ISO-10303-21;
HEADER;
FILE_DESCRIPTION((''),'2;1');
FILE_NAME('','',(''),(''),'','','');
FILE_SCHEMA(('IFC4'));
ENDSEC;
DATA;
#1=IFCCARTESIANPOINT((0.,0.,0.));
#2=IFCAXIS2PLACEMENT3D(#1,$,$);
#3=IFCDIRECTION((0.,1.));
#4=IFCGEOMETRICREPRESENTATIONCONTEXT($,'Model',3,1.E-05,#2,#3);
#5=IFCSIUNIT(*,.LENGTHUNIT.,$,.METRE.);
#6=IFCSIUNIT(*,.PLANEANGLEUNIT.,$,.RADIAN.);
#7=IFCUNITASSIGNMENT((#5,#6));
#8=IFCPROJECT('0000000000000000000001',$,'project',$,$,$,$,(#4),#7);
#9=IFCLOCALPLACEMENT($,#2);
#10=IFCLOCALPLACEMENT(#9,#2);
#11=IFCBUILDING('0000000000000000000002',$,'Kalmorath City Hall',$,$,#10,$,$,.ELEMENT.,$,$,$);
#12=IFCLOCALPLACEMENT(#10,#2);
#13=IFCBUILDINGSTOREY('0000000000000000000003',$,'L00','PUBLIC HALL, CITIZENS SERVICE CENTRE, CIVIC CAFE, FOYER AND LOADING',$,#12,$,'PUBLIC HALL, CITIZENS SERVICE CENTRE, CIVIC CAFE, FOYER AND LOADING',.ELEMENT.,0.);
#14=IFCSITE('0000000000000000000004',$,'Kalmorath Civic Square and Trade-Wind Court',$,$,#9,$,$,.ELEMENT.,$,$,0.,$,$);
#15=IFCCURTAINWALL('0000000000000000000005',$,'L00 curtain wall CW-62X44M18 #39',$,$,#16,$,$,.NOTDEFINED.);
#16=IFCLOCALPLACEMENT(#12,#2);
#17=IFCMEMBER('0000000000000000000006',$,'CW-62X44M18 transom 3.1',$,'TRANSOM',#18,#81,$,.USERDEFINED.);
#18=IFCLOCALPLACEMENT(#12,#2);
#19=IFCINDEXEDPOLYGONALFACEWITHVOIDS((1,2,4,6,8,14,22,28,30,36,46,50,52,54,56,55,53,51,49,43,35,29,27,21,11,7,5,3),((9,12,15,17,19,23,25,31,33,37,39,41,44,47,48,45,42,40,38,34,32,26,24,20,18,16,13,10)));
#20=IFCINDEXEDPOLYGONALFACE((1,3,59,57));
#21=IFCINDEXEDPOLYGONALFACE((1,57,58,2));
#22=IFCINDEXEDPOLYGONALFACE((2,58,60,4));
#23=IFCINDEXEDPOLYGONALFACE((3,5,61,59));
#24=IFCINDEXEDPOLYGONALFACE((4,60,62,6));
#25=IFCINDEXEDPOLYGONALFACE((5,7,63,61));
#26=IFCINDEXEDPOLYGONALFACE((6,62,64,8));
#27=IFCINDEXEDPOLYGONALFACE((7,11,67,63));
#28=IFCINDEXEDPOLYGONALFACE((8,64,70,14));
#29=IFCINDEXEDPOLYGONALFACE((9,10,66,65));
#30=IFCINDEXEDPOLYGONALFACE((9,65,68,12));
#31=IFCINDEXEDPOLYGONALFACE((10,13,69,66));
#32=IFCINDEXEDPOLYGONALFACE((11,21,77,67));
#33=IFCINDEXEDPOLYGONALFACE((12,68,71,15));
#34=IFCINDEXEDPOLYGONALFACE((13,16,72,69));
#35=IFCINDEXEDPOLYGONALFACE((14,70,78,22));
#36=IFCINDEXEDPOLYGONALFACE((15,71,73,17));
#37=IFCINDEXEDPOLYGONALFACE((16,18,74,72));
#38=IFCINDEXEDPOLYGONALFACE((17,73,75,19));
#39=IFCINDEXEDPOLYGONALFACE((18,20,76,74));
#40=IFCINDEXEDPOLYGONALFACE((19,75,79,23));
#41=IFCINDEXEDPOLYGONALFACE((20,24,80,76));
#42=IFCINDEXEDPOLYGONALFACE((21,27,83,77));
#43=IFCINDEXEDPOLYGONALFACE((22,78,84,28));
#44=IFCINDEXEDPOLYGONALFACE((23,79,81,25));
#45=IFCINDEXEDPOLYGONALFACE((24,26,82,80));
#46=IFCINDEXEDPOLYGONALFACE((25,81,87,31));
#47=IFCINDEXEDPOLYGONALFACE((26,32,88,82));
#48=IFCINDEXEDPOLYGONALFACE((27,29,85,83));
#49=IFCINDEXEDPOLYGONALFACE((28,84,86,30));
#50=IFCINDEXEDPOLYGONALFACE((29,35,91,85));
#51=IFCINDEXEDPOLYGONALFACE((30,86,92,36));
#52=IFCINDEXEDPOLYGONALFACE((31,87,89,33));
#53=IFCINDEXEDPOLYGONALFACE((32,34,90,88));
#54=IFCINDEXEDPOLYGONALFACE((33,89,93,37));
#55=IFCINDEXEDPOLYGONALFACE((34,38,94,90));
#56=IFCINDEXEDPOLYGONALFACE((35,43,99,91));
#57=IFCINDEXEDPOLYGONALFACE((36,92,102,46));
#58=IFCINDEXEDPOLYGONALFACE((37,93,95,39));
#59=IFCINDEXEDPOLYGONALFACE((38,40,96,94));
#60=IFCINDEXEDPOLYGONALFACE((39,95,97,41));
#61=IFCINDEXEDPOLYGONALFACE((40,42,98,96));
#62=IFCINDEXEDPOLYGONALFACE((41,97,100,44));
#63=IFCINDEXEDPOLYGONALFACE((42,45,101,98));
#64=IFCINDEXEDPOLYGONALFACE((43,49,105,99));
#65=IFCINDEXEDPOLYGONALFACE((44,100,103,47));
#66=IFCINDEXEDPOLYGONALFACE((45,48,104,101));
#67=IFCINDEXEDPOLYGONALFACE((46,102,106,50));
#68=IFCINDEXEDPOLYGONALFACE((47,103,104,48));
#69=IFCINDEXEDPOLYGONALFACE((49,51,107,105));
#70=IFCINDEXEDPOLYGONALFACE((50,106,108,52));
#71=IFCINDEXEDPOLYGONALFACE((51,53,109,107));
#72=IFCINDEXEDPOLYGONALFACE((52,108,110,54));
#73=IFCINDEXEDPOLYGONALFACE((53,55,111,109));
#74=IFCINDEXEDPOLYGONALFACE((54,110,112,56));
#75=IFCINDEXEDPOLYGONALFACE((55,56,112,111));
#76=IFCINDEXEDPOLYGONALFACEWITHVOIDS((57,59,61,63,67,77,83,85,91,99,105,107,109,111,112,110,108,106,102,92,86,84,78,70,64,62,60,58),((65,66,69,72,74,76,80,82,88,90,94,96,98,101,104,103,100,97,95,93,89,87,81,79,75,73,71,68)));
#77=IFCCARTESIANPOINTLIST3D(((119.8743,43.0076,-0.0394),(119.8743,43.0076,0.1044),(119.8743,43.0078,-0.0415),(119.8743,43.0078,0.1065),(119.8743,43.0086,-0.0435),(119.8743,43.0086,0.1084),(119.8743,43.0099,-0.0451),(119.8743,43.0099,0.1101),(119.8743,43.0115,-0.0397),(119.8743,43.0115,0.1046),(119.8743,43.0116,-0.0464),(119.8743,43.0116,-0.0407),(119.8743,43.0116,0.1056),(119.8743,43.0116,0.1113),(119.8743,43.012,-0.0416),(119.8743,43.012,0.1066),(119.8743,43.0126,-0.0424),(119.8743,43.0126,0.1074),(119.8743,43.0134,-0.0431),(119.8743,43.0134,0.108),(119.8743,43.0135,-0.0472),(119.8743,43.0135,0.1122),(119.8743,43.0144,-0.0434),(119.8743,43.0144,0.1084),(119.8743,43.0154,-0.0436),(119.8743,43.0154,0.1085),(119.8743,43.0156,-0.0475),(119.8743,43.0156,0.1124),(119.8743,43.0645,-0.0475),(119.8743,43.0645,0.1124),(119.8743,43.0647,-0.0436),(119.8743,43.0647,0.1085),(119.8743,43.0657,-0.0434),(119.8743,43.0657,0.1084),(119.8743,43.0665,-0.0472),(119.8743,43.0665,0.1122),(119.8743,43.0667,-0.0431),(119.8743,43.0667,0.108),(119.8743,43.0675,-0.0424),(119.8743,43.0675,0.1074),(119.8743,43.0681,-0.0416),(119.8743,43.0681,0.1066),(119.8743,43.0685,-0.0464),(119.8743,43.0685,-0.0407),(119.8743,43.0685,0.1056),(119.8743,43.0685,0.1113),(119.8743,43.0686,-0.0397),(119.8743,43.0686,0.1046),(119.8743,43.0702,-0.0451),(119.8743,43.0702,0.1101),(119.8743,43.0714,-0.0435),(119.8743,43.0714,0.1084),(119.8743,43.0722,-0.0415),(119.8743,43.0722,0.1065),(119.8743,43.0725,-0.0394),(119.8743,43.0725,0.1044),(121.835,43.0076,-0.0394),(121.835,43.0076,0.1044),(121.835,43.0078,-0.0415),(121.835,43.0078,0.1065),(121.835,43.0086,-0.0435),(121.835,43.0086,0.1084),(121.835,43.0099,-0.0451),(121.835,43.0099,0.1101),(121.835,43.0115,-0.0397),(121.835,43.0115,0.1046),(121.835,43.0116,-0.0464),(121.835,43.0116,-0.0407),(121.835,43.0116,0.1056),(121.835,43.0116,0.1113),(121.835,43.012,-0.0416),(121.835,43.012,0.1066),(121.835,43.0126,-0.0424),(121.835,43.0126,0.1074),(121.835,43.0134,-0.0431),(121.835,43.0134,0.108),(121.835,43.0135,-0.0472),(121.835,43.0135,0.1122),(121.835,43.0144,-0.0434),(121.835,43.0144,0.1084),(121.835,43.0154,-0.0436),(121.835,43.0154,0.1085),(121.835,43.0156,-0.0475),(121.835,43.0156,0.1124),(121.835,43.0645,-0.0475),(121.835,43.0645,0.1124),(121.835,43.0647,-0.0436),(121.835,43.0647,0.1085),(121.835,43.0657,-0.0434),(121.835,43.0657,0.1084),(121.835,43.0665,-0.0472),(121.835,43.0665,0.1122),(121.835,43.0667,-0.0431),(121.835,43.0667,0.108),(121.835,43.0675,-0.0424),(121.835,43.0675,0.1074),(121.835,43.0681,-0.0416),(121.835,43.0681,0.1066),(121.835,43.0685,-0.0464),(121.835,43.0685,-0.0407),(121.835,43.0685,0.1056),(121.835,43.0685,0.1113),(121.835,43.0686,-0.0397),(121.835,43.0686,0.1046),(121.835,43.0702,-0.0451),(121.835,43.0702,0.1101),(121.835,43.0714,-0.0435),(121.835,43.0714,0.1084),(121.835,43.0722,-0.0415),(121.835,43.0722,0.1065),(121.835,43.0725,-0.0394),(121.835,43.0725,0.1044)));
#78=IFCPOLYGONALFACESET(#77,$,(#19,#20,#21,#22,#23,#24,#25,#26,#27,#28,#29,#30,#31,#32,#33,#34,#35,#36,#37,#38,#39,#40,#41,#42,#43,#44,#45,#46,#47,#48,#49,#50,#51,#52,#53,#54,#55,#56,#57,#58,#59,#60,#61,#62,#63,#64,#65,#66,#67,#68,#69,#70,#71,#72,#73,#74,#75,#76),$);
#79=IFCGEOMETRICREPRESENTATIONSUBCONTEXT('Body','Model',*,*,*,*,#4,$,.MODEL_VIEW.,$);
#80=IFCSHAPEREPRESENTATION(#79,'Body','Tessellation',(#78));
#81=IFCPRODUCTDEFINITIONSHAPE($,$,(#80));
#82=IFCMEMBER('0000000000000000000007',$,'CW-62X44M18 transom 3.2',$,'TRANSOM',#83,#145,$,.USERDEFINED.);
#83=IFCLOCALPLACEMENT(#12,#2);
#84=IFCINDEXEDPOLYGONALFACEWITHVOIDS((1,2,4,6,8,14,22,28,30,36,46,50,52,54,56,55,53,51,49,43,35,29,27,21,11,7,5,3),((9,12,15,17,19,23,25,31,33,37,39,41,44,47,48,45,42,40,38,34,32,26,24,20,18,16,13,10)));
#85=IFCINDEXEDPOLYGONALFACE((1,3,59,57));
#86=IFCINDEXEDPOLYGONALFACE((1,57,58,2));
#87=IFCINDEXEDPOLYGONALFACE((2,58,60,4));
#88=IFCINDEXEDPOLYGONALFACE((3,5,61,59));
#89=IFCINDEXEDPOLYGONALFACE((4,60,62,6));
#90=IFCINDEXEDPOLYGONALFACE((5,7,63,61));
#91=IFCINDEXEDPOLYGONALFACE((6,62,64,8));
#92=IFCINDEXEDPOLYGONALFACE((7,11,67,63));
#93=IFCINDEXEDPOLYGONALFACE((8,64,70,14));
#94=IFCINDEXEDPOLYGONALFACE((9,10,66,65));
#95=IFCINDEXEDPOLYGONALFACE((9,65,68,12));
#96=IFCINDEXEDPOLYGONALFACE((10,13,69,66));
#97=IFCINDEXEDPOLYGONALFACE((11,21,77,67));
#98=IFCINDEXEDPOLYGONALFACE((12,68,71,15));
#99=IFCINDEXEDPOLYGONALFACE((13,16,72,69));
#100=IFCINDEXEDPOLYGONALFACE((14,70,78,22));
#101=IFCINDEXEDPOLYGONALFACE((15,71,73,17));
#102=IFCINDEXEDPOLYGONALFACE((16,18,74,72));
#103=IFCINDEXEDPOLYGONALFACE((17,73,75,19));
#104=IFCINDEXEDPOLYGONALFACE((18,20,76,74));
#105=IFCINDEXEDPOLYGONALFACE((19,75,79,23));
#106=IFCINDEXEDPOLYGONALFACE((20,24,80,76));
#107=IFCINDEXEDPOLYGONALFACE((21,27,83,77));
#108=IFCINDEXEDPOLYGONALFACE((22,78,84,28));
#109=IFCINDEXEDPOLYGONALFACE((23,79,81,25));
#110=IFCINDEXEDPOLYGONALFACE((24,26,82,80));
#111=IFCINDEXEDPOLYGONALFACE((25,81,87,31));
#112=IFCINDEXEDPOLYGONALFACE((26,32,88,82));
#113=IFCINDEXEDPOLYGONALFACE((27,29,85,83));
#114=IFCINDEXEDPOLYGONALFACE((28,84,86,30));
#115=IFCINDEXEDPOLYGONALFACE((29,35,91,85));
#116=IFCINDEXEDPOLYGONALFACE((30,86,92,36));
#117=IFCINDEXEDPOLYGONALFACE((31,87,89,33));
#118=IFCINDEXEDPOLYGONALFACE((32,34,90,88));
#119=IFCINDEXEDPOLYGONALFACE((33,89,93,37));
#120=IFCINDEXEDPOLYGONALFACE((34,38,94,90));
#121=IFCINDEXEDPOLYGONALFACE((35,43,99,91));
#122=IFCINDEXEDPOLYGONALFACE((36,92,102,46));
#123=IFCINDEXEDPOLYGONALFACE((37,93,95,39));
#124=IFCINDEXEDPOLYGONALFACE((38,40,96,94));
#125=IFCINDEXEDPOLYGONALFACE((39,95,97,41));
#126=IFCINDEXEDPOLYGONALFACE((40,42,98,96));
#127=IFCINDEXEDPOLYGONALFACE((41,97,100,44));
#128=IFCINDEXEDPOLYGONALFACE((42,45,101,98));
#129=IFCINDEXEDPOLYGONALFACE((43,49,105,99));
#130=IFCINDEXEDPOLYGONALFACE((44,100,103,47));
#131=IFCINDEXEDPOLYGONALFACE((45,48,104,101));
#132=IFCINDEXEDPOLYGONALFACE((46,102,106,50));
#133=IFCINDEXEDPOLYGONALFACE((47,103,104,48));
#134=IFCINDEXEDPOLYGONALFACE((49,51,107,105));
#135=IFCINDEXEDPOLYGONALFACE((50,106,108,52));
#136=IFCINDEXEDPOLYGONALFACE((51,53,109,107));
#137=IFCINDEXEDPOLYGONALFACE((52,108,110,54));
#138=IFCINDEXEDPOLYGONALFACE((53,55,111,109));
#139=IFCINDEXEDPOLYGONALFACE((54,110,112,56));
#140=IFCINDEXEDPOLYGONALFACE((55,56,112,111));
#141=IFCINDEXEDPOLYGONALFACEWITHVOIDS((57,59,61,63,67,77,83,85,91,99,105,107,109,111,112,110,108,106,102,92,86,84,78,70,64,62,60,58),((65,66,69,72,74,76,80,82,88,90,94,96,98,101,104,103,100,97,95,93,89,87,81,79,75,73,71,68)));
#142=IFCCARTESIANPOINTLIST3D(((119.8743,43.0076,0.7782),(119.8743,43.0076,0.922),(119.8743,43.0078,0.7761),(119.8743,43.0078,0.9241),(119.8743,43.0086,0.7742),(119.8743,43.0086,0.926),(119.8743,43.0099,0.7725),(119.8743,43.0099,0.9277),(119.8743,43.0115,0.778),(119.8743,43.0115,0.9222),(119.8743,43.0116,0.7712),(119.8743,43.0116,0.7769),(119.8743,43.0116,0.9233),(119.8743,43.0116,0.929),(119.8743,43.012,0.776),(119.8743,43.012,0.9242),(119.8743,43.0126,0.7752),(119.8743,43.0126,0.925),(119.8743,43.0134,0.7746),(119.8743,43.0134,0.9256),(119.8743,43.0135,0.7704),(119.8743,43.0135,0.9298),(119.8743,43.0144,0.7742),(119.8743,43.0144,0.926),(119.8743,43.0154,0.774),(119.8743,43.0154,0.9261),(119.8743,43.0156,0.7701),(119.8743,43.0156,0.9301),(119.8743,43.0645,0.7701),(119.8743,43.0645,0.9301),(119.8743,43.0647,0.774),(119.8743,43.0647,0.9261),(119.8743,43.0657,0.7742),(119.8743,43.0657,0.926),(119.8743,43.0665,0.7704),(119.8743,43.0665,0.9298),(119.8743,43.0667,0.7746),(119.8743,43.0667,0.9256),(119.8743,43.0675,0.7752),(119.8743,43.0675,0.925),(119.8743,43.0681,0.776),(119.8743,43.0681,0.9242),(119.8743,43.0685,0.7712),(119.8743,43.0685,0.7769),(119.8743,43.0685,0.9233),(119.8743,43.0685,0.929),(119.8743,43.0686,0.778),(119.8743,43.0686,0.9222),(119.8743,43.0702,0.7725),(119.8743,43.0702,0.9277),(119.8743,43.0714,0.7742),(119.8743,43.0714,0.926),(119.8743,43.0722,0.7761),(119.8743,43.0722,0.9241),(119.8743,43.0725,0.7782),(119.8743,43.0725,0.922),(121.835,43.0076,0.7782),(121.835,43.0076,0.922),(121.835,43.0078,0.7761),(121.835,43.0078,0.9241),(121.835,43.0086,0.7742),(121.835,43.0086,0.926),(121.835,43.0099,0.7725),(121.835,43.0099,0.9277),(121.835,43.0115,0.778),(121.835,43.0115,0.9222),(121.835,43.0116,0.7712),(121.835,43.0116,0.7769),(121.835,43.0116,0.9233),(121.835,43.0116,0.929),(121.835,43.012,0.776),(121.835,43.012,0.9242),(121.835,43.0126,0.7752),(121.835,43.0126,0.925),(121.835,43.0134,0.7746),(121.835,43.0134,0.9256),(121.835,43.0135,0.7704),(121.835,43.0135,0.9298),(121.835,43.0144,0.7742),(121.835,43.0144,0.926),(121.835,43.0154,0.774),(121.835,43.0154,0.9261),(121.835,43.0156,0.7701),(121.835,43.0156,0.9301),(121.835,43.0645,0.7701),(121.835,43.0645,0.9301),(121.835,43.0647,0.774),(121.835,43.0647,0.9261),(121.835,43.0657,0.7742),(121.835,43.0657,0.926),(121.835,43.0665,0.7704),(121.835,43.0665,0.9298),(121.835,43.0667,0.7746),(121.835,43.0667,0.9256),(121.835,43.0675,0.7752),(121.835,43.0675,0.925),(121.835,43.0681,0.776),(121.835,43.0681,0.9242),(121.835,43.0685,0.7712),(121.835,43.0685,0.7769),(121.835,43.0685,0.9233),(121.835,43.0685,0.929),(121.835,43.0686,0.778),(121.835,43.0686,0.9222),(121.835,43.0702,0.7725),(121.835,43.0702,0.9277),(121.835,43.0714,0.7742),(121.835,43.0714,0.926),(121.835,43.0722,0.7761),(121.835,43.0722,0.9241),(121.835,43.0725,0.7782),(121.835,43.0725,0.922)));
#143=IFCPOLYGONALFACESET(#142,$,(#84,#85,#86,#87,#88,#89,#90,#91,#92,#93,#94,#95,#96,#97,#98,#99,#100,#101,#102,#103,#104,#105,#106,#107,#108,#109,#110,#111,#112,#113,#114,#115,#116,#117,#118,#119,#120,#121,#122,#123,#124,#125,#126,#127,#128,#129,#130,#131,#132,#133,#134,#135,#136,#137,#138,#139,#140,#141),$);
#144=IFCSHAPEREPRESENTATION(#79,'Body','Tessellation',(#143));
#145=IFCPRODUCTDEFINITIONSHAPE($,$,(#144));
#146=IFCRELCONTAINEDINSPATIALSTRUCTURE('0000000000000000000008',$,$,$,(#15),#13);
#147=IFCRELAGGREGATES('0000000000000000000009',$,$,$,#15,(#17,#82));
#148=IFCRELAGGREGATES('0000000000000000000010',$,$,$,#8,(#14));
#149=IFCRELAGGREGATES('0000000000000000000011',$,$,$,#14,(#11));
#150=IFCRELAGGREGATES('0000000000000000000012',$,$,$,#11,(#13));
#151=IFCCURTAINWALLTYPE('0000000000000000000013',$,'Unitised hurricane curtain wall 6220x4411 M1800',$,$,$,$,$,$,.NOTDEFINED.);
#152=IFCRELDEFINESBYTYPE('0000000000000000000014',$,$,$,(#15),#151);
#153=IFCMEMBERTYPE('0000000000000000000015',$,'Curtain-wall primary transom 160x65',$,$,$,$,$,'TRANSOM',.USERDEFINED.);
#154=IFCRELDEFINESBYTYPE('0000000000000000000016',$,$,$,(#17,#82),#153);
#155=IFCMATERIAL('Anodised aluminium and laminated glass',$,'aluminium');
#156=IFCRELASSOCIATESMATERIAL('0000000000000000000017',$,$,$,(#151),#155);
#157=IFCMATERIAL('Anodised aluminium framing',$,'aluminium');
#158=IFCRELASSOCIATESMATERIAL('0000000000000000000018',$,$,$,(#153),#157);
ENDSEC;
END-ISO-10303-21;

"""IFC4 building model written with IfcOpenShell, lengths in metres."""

from ifc_helpers import new_model, si_unit, direction, frame, origin, origin_2d, place, context, subcontext, project, spatial, hollow_rectangle, extrude, material, material_profile, profile_set, type_object, element, aggregate, save


model = new_model("IFC4")

# Units and contexts
model_context = context("Model", 3, precision=1e-05, world=origin(), true_north=direction((0.0, 1.0)))
body_context = subcontext(model_context, "Body", "Model", "MODEL_VIEW")
ifc_project = project(units=[si_unit("LENGTHUNIT", "METRE"), si_unit("PLANEANGLEUNIT", "RADIAN")], contexts=[model_context])

# Site, building, storey
site_placement = place(None, origin())
site = spatial("IfcSite", under=ifc_project, at=site_placement, Name="Kalmorath Civic Square and Trade-Wind Court", CompositionType="ELEMENT", RefElevation=0.0)
building_placement = place(site_placement, origin())
building = spatial("IfcBuilding", under=site, at=building_placement, Name="Kalmorath City Hall", CompositionType="ELEMENT")
storey_placement = place(building_placement, origin())
storey = spatial("IfcBuildingStorey", under=building, at=storey_placement, Name="L00", Description="PUBLIC HALL, CITIZENS SERVICE CENTRE, CIVIC CAFE, FOYER AND LOADING", LongName="PUBLIC HALL, CITIZENS SERVICE CENTRE, CIVIC CAFE, FOYER AND LOADING", CompositionType="ELEMENT", Elevation=0.0)

# Curtain wall, members
ifc_material_1 = material(Name="Anodised aluminium and laminated glass", Category="aluminium")
curtain_wall_type = type_object("IfcCurtainWallType", Name="Unitised hurricane curtain wall 6220x4411 M1800", PredefinedType="NOTDEFINED", material=ifc_material_1)
curtain_wall_placement = place(storey_placement, origin())
curtain_wall = element("IfcCurtainWall", 1, at=curtain_wall_placement, inside=storey, type_object=curtain_wall_type, Name="L00 curtain wall CW-62X44M18 #39", PredefinedType="NOTDEFINED")
ifc_material_2 = material(Name="Anodised aluminium framing", Category="aluminium")
ifc_material_profile_1 = material_profile(ifc_material_2, hollow_rectangle(XDim=0.0649, YDim=0.1599, WallThickness=0.0039, InnerFilletRadius=0.0039, OuterFilletRadius=0.0081, at=origin_2d()), Name="ALU-TRN-160X65X4")
ifc_profile_set_1 = profile_set([ifc_material_profile_1], Name="Anodised aluminium framing")
member_type_1 = type_object("IfcMemberType", Name="Curtain-wall primary transom 160x65", ElementType="TRANSOM", PredefinedType="USERDEFINED", material=ifc_profile_set_1)
member_1_placement = place(storey_placement, frame((119.8743, 43.04, 0.0325), z_axis=(1.0, 0.0, 0.0), x_axis=(0.0, 1.0, 0.0)))
member_1 = element("IfcMember", 2, at=member_1_placement, type_object=member_type_1, Name="CW-62X44M18 transom 3.1", ObjectType="TRANSOM", PredefinedType="USERDEFINED", context=body_context, shape_type="SweptSolid", body=[
    extrude(hollow_rectangle(XDim=0.0649, YDim=0.1599, WallThickness=0.0039, InnerFilletRadius=0.0039, OuterFilletRadius=0.0081, at=origin_2d()), origin(), (0.0, 0.0, 1.0), 1.9607),
])
member_2_placement = place(storey_placement, frame((119.8743, 43.04, 0.8501), z_axis=(1.0, 0.0, 0.0), x_axis=(0.0, 1.0, 0.0)))
member_2 = element("IfcMember", 3, at=member_2_placement, type_object=member_type_1, Name="CW-62X44M18 transom 3.2", ObjectType="TRANSOM", PredefinedType="USERDEFINED", context=body_context, shape_type="SweptSolid", body=[
    extrude(hollow_rectangle(XDim=0.0649, YDim=0.1599, WallThickness=0.0039, InnerFilletRadius=0.0039, OuterFilletRadius=0.0081, at=origin_2d()), origin(), (0.0, 0.0, 1.0), 1.9607),
])
aggregate(curtain_wall, [member_1, member_2])

save(model, "model.ifc")
